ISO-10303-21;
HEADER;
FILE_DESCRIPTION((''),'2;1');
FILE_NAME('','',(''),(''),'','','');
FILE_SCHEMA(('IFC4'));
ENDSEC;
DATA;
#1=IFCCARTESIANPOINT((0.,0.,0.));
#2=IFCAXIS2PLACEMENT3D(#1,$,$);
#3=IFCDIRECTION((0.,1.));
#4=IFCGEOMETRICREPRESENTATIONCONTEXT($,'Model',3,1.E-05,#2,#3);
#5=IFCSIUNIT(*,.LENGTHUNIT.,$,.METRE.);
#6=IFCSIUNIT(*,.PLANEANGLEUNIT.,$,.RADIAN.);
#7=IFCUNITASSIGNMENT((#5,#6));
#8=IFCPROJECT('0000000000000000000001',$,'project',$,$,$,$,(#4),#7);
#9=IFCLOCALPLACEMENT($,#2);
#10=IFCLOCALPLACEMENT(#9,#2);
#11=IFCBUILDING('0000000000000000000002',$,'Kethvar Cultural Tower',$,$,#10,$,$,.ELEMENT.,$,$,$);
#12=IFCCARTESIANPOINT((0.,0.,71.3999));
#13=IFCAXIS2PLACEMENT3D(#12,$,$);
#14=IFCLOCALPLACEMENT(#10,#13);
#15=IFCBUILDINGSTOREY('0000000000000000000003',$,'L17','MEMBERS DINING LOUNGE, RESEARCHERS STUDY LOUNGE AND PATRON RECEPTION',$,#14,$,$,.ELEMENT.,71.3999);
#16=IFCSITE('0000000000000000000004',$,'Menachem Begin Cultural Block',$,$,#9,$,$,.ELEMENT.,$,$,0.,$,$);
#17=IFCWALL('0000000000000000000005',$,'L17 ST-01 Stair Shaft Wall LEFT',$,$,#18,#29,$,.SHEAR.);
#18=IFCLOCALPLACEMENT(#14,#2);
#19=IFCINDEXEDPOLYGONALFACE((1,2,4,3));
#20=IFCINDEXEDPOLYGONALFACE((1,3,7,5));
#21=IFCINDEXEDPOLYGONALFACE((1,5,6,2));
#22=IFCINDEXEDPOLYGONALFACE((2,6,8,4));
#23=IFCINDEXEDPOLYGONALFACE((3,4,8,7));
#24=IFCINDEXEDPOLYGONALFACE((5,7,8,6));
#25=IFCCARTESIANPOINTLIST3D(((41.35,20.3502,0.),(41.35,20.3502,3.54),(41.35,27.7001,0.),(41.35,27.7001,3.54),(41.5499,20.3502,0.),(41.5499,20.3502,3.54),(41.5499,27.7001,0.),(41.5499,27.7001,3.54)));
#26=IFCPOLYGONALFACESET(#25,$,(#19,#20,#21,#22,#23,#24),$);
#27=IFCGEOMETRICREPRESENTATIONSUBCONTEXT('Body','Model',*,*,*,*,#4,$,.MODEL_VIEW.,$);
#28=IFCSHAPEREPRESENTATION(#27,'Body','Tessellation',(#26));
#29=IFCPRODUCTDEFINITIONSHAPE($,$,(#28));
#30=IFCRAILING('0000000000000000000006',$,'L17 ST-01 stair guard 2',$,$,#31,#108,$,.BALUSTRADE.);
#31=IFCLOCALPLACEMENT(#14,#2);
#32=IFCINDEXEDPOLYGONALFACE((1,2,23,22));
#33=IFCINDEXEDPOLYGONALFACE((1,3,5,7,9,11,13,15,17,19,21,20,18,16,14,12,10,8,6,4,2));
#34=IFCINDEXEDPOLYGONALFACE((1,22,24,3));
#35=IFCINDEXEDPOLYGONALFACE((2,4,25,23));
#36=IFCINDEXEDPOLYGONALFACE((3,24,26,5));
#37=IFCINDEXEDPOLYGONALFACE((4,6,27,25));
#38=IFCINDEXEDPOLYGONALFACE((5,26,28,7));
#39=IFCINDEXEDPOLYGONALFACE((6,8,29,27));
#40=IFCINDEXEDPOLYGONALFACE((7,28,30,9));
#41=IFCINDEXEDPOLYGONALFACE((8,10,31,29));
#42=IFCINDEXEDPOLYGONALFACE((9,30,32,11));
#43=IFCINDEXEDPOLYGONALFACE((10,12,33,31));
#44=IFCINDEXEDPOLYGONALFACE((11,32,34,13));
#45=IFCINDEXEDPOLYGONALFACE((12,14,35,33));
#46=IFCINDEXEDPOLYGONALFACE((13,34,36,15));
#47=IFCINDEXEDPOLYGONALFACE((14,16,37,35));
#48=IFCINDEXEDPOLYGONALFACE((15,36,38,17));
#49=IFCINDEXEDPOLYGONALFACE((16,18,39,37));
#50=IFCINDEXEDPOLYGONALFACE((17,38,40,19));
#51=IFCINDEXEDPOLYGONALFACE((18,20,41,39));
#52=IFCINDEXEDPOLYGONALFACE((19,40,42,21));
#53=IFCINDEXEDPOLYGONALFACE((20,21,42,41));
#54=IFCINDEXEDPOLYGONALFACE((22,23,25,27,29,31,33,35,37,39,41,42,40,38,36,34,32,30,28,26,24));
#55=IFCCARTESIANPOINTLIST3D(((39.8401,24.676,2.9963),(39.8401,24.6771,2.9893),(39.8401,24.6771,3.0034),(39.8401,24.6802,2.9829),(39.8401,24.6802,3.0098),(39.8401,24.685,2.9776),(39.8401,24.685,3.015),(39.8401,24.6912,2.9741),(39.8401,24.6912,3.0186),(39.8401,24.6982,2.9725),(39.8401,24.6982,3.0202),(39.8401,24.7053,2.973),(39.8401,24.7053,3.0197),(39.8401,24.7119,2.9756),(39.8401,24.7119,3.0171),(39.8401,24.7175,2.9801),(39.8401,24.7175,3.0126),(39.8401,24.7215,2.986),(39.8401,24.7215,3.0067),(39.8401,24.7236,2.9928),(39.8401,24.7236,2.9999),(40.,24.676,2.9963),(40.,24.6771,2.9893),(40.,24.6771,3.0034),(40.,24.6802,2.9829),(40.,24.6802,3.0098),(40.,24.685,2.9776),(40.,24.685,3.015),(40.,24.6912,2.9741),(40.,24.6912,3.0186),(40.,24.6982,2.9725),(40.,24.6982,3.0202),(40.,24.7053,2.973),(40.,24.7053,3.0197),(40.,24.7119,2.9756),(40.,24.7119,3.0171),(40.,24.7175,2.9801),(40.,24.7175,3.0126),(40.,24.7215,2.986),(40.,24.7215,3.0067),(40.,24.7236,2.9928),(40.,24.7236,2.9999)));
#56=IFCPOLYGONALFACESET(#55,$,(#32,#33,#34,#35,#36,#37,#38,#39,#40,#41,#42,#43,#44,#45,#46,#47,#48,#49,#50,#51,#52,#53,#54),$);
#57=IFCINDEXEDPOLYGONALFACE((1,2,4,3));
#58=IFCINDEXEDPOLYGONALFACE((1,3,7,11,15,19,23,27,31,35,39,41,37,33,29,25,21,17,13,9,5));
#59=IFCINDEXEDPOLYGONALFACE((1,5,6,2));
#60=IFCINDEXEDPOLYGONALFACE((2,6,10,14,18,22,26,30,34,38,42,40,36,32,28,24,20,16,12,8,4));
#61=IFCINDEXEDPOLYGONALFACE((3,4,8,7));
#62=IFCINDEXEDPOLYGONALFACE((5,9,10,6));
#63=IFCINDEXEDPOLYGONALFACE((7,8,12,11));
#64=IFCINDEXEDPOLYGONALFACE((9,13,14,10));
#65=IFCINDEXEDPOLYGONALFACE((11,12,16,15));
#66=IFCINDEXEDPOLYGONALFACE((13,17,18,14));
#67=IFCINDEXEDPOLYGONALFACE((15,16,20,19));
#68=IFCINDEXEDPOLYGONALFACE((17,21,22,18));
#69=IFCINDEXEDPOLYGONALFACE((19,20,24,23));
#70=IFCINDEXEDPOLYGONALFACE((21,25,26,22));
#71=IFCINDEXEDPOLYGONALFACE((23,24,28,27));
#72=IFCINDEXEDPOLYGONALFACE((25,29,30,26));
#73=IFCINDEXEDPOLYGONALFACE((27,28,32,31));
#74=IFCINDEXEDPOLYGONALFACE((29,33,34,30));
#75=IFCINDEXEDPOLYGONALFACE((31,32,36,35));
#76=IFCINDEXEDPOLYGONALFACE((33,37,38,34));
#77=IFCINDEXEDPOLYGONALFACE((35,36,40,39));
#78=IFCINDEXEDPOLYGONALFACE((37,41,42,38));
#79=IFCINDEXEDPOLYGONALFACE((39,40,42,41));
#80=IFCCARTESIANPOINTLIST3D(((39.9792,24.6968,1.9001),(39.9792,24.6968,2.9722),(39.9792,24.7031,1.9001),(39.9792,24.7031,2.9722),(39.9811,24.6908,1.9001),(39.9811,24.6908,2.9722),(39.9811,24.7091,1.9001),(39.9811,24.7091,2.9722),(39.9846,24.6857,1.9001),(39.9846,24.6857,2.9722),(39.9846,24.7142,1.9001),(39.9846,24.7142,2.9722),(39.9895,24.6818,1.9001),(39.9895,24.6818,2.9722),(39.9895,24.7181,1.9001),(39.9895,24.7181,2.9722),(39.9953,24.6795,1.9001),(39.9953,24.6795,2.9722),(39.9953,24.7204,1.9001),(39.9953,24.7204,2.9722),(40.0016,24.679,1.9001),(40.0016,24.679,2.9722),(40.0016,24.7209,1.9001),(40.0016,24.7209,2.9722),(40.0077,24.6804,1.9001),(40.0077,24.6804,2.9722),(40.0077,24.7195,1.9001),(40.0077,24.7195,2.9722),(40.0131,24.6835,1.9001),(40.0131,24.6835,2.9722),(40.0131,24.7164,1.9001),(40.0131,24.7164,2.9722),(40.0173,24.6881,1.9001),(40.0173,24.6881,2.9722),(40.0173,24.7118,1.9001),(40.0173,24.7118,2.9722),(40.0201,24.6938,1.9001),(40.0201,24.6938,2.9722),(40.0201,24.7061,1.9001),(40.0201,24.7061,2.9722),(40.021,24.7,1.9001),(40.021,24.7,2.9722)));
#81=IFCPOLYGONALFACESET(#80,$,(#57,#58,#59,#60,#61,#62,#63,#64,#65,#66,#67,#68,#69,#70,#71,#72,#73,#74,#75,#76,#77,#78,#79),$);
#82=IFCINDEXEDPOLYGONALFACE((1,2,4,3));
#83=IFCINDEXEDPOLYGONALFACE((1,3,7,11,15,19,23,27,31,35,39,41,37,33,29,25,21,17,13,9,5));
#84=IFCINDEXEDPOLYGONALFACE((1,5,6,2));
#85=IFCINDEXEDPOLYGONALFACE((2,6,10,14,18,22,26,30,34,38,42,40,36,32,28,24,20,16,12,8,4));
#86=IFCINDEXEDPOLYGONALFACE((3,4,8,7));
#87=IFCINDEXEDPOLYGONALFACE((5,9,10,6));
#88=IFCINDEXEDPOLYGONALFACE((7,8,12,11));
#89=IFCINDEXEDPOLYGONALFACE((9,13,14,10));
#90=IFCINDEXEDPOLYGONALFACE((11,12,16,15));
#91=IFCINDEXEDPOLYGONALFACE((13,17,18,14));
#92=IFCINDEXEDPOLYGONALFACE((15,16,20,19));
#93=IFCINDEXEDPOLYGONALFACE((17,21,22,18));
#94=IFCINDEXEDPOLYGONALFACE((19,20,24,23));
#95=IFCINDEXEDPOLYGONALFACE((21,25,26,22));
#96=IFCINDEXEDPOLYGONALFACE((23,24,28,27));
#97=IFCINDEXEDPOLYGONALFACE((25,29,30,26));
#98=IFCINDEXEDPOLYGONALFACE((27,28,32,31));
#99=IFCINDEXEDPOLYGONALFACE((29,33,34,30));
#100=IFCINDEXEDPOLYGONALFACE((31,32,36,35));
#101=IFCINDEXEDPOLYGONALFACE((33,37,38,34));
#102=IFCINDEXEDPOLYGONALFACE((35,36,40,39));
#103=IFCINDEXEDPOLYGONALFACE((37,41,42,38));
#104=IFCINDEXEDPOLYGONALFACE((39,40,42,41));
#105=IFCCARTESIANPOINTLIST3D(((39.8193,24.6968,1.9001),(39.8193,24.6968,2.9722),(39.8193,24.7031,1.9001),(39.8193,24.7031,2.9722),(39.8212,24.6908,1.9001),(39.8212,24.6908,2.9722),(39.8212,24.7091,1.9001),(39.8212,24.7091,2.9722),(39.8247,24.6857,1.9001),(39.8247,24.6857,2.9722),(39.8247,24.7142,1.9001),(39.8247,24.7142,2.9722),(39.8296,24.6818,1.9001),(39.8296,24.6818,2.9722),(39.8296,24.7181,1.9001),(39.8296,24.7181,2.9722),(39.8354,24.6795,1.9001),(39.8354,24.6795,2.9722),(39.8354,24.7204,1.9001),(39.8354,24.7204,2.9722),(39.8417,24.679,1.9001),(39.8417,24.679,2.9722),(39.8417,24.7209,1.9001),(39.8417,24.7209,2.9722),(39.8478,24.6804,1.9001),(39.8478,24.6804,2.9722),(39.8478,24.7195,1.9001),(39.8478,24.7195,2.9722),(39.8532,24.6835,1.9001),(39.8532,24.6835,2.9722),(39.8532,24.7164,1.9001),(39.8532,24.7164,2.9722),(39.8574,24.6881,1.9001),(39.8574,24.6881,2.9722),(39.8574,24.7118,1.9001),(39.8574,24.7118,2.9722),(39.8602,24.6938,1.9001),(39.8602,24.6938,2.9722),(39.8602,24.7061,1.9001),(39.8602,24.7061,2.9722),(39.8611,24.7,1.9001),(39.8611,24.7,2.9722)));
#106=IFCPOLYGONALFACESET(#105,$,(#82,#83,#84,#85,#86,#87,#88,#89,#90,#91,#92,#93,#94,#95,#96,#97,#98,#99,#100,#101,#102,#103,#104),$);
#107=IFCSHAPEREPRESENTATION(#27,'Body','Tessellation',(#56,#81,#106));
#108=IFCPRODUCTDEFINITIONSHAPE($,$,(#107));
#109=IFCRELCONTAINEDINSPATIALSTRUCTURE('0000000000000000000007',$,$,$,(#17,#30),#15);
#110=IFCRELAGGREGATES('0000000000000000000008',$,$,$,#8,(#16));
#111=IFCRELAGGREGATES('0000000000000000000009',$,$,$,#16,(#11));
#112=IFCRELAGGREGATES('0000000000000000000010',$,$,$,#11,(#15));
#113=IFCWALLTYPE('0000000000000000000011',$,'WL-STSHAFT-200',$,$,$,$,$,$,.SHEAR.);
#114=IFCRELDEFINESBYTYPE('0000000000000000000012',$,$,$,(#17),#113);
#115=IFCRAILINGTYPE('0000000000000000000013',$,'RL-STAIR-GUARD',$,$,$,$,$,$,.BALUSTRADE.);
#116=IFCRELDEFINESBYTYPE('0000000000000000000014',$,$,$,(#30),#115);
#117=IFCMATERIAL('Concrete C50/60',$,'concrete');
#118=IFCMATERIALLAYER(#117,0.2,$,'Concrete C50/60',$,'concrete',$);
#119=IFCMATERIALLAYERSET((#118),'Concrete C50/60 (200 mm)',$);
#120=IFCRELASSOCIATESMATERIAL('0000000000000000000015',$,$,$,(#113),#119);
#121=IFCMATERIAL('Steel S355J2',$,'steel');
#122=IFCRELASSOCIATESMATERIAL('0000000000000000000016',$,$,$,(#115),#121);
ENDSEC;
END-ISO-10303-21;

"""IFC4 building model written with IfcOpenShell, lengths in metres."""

from ifc_helpers import new_model, si_unit, direction, frame, frame_2d, origin, origin_2d, place, context, subcontext, project, spatial, rectangle, circle, extrude, material, layer, layer_set, type_object, element, save


model = new_model("IFC4")

# Units and contexts
model_context = context("Model", 3, precision=1e-05, world=origin(), true_north=direction((0.0, 1.0)))
body_context = subcontext(model_context, "Body", "Model", "MODEL_VIEW")
ifc_project = project(units=[si_unit("LENGTHUNIT", "METRE"), si_unit("PLANEANGLEUNIT", "RADIAN")], contexts=[model_context])

# Site, building, storey
site_placement = place(None, origin())
site = spatial("IfcSite", under=ifc_project, at=site_placement, Name="Menachem Begin Cultural Block", CompositionType="ELEMENT", RefElevation=0.0)
building_placement = place(site_placement, origin())
building = spatial("IfcBuilding", under=site, at=building_placement, Name="Kethvar Cultural Tower", CompositionType="ELEMENT")
storey_placement = place(building_placement, frame((0.0, 0.0, 71.3999)))
storey = spatial("IfcBuildingStorey", under=building, at=storey_placement, Name="L17", Description="MEMBERS DINING LOUNGE, RESEARCHERS STUDY LOUNGE AND PATRON RECEPTION", CompositionType="ELEMENT", Elevation=71.3999)

# Shared definitions
ifc_material_1 = material(Name="Steel S355J2", Category="steel")

# Wall
ifc_material_2 = material(Name="Concrete C50/60", Category="concrete")
ifc_layer_1 = layer(ifc_material_2, 0.2, Name="Concrete C50/60", Category="concrete")
ifc_layer_set_1 = layer_set([ifc_layer_1], Name="Concrete C50/60 (200 mm)")
wall_type_1 = type_object("IfcWallType", Name="WL-STSHAFT-200", PredefinedType="SHEAR", material=ifc_layer_set_1)
wall_1_placement = place(storey_placement, frame((41.45, 27.7, 0.0), z_axis=(0.0, 0.0, 1.0), x_axis=(0.0, -1.0, 0.0)))
element("IfcWall", 1, at=wall_1_placement, inside=storey, type_object=wall_type_1, Name="L17 ST-01 Stair Shaft Wall LEFT", PredefinedType="SHEAR", context=body_context, shape_type="SweptSolid", body=[
    extrude(rectangle(XDim=7.3499, YDim=0.2, at=frame_2d((3.6748, 0.0))), origin(), (0.0, 0.0, 1.0), 3.54),
])

# Railing
railing_type = type_object("IfcRailingType", Name="RL-STAIR-GUARD", PredefinedType="BALUSTRADE", material=ifc_material_1)
railing_placement = place(storey_placement, frame((40.0, 24.7, 1.9001)))
element("IfcRailing", 2, at=railing_placement, inside=storey, type_object=railing_type, Name="L17 ST-01 stair guard 2", PredefinedType="BALUSTRADE", context=body_context, shape_type="SweptSolid", body=[
    extrude(circle(Radius=0.0239, at=origin_2d()), frame((0.0, 0.0, 1.0962), z_axis=(-1.0, 0.0, 0.0), x_axis=(0.0, -1.0, 0.0)), (0.0, 0.0, 1.0), 0.1599),
    extrude(circle(Radius=0.021, at=origin_2d()), origin(), (0.0, 0.0, 1.0), 1.072),
    extrude(circle(Radius=0.021, at=origin_2d()), frame((-0.1599, 0.0, 0.0)), (0.0, 0.0, 1.0), 1.072),
])

save(model, "model.ifc")
